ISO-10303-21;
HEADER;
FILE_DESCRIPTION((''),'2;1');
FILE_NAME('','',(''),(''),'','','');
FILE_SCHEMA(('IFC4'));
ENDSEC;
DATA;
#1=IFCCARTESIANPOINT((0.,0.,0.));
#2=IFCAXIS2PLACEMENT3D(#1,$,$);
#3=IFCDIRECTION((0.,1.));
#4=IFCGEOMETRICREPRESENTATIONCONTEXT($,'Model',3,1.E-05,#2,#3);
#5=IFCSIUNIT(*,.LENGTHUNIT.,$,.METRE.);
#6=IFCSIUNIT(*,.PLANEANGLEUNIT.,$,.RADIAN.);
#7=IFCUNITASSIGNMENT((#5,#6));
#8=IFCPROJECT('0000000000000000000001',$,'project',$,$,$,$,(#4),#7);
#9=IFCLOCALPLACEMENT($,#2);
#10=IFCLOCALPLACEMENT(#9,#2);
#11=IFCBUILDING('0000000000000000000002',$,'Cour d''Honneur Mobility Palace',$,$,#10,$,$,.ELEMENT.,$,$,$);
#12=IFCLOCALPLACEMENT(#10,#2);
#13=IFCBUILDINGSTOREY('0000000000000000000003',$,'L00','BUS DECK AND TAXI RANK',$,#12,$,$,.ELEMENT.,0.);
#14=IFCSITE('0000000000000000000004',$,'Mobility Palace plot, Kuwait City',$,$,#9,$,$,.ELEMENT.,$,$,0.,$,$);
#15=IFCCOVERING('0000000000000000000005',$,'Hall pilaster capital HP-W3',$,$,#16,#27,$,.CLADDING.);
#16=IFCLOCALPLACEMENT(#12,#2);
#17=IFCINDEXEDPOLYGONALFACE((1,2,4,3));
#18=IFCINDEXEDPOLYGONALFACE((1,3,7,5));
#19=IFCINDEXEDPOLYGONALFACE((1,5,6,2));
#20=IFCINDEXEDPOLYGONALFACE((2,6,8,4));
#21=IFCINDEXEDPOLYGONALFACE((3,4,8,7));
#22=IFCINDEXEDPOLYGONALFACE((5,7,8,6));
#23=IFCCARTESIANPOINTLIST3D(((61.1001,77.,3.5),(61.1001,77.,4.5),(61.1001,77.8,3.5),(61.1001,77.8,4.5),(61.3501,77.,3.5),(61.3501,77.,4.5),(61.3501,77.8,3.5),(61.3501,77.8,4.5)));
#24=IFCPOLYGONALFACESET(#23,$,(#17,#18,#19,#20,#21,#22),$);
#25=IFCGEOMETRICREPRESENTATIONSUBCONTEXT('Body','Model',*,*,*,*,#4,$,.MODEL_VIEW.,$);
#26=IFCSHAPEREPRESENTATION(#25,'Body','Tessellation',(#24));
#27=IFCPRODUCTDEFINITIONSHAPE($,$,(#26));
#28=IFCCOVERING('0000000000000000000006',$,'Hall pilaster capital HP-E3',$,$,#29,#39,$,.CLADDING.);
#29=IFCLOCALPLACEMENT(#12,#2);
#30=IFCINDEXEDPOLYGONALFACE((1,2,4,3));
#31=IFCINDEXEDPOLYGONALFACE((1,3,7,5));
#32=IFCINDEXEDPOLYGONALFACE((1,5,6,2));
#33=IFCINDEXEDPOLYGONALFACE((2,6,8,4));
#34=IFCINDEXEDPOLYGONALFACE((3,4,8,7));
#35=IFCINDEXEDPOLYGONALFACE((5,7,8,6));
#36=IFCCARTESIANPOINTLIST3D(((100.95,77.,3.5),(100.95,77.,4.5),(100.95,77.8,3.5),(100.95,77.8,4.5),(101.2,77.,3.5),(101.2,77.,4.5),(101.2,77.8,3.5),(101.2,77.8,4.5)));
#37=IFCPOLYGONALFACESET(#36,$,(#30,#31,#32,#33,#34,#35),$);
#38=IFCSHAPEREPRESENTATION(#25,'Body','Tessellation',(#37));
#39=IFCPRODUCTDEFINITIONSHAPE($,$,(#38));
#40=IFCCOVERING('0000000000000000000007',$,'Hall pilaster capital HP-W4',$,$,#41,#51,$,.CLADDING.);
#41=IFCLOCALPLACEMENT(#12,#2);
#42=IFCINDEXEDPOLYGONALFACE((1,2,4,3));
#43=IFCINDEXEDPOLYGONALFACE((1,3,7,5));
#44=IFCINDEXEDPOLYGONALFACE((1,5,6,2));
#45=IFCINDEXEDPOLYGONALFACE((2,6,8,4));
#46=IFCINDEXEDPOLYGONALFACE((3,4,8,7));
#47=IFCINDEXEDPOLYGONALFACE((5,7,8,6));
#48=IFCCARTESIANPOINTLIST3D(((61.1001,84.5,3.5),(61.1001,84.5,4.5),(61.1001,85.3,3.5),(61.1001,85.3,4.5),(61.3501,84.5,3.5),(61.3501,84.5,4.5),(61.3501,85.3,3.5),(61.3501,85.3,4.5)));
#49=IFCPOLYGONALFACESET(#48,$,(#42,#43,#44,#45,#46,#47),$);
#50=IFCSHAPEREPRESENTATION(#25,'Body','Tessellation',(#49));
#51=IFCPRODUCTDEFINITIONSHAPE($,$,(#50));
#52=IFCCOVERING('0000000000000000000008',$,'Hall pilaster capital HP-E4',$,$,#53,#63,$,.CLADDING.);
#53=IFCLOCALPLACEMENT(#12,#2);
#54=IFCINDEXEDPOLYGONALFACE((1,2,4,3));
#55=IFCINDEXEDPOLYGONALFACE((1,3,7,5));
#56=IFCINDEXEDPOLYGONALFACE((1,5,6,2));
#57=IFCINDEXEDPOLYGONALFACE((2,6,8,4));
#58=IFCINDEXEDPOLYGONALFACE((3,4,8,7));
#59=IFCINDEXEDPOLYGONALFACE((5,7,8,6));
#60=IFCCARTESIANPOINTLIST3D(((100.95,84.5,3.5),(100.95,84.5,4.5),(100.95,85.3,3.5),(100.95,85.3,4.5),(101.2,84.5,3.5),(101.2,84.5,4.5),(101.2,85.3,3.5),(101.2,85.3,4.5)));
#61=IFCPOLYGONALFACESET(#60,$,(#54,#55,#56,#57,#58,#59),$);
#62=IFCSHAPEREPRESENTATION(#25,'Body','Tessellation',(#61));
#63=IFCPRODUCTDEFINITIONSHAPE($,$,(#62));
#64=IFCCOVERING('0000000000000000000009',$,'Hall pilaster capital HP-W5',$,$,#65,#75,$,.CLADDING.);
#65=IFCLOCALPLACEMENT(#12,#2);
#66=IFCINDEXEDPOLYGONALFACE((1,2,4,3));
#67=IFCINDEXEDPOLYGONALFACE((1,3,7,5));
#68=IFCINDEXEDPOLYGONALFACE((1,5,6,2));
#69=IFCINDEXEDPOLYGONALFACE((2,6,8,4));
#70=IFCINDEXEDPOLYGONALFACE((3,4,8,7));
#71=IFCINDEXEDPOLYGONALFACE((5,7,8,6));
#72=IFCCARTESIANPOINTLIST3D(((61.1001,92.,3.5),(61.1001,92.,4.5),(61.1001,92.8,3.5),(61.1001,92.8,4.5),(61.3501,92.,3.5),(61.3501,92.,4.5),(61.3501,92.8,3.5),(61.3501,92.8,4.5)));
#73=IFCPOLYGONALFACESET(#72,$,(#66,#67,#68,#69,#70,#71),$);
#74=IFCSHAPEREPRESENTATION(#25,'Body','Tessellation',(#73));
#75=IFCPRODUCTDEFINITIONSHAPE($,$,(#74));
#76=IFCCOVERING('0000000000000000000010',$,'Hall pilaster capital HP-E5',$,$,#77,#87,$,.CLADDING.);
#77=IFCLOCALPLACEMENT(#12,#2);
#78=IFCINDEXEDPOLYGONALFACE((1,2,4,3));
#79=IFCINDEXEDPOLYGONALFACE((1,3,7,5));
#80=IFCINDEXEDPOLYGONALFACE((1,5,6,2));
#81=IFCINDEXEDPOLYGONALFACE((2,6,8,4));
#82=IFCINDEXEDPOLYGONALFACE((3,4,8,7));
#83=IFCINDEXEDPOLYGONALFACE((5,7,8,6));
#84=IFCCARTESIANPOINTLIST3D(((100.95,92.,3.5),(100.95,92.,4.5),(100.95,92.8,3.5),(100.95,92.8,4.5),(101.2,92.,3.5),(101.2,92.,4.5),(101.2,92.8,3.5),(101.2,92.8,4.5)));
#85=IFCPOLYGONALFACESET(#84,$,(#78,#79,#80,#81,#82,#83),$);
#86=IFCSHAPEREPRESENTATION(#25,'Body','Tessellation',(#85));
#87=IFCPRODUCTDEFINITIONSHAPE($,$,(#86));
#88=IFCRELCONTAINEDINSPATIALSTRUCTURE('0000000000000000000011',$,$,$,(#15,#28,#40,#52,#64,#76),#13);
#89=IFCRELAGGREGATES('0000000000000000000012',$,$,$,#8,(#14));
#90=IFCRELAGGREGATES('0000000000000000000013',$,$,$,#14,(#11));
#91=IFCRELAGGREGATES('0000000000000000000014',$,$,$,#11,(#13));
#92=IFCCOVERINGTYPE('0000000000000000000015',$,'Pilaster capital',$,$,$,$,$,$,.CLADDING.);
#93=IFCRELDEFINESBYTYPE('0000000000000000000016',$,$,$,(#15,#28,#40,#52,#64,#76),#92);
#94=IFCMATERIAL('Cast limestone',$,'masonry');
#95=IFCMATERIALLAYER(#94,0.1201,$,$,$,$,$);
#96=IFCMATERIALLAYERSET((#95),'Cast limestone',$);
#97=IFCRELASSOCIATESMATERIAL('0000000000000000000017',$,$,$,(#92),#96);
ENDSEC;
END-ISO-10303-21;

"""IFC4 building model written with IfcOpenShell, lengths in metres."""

from ifc_helpers import new_model, si_unit, direction, frame, origin, place, context, subcontext, project, spatial, polyline, outline, extrude, material, layer, layer_set, type_object, element, save


model = new_model("IFC4")

# Units and contexts
model_context = context("Model", 3, precision=1e-05, world=origin(), true_north=direction((0.0, 1.0)))
body_context = subcontext(model_context, "Body", "Model", "MODEL_VIEW")
ifc_project = project(units=[si_unit("LENGTHUNIT", "METRE"), si_unit("PLANEANGLEUNIT", "RADIAN")], contexts=[model_context])

# Site, building, storey
site_placement = place(None, origin())
site = spatial("IfcSite", under=ifc_project, at=site_placement, Name="Mobility Palace plot, Kuwait City", CompositionType="ELEMENT", RefElevation=0.0)
building_placement = place(site_placement, origin())
building = spatial("IfcBuilding", under=site, at=building_placement, Name="Cour d'Honneur Mobility Palace", CompositionType="ELEMENT")
storey_placement = place(building_placement, origin())
storey = spatial("IfcBuildingStorey", under=building, at=storey_placement, Name="L00", Description="BUS DECK AND TAXI RANK", CompositionType="ELEMENT", Elevation=0.0)

# Coverings
ifc_material_1 = material(Name="Cast limestone", Category="masonry")
ifc_layer_1 = layer(ifc_material_1, 0.1201)
ifc_layer_set_1 = layer_set([ifc_layer_1], Name="Cast limestone")
covering_type_1 = type_object("IfcCoveringType", Name="Pilaster capital", PredefinedType="CLADDING", material=ifc_layer_set_1)
covering_1_placement = place(storey_placement, frame((0.0, 0.0, 3.5)))
element("IfcCovering", 1, at=covering_1_placement, inside=storey, type_object=covering_type_1, Name="Hall pilaster capital HP-W3", PredefinedType="CLADDING", context=body_context, shape_type="SweptSolid", body=[
    extrude(outline(polyline([(61.1001, 77.0), (61.3501, 77.0), (61.3501, 77.8), (61.1001, 77.8), (61.1001, 77.0)])), origin(), (0.0, 0.0, 1.0), 1.0),
])
covering_2_placement = place(storey_placement, frame((0.0, 0.0, 3.5)))
element("IfcCovering", 2, at=covering_2_placement, inside=storey, type_object=covering_type_1, Name="Hall pilaster capital HP-E3", PredefinedType="CLADDING", context=body_context, shape_type="SweptSolid", body=[
    extrude(outline(polyline([(100.95, 77.0), (101.2, 77.0), (101.2, 77.8), (100.95, 77.8), (100.95, 77.0)])), origin(), (0.0, 0.0, 1.0), 1.0),
])
covering_3_placement = place(storey_placement, frame((0.0, 0.0, 3.5)))
element("IfcCovering", 3, at=covering_3_placement, inside=storey, type_object=covering_type_1, Name="Hall pilaster capital HP-W4", PredefinedType="CLADDING", context=body_context, shape_type="SweptSolid", body=[
    extrude(outline(polyline([(61.1001, 84.5), (61.3501, 84.5), (61.3501, 85.3), (61.1001, 85.3), (61.1001, 84.5)])), origin(), (0.0, 0.0, 1.0), 1.0),
])
covering_4_placement = place(storey_placement, frame((0.0, 0.0, 3.5)))
element("IfcCovering", 4, at=covering_4_placement, inside=storey, type_object=covering_type_1, Name="Hall pilaster capital HP-E4", PredefinedType="CLADDING", context=body_context, shape_type="SweptSolid", body=[
    extrude(outline(polyline([(100.95, 84.5), (101.2, 84.5), (101.2, 85.3), (100.95, 85.3), (100.95, 84.5)])), origin(), (0.0, 0.0, 1.0), 1.0),
])
covering_5_placement = place(storey_placement, frame((0.0, 0.0, 3.5)))
element("IfcCovering", 5, at=covering_5_placement, inside=storey, type_object=covering_type_1, Name="Hall pilaster capital HP-W5", PredefinedType="CLADDING", context=body_context, shape_type="SweptSolid", body=[
    extrude(outline(polyline([(61.1001, 92.0), (61.3501, 92.0), (61.3501, 92.8), (61.1001, 92.8), (61.1001, 92.0)])), origin(), (0.0, 0.0, 1.0), 1.0),
])
covering_6_placement = place(storey_placement, frame((0.0, 0.0, 3.5)))
element("IfcCovering", 6, at=covering_6_placement, inside=storey, type_object=covering_type_1, Name="Hall pilaster capital HP-E5", PredefinedType="CLADDING", context=body_context, shape_type="SweptSolid", body=[
    extrude(outline(polyline([(100.95, 92.0), (101.2, 92.0), (101.2, 92.8), (100.95, 92.8), (100.95, 92.0)])), origin(), (0.0, 0.0, 1.0), 1.0),
])

save(model, "model.ifc")
